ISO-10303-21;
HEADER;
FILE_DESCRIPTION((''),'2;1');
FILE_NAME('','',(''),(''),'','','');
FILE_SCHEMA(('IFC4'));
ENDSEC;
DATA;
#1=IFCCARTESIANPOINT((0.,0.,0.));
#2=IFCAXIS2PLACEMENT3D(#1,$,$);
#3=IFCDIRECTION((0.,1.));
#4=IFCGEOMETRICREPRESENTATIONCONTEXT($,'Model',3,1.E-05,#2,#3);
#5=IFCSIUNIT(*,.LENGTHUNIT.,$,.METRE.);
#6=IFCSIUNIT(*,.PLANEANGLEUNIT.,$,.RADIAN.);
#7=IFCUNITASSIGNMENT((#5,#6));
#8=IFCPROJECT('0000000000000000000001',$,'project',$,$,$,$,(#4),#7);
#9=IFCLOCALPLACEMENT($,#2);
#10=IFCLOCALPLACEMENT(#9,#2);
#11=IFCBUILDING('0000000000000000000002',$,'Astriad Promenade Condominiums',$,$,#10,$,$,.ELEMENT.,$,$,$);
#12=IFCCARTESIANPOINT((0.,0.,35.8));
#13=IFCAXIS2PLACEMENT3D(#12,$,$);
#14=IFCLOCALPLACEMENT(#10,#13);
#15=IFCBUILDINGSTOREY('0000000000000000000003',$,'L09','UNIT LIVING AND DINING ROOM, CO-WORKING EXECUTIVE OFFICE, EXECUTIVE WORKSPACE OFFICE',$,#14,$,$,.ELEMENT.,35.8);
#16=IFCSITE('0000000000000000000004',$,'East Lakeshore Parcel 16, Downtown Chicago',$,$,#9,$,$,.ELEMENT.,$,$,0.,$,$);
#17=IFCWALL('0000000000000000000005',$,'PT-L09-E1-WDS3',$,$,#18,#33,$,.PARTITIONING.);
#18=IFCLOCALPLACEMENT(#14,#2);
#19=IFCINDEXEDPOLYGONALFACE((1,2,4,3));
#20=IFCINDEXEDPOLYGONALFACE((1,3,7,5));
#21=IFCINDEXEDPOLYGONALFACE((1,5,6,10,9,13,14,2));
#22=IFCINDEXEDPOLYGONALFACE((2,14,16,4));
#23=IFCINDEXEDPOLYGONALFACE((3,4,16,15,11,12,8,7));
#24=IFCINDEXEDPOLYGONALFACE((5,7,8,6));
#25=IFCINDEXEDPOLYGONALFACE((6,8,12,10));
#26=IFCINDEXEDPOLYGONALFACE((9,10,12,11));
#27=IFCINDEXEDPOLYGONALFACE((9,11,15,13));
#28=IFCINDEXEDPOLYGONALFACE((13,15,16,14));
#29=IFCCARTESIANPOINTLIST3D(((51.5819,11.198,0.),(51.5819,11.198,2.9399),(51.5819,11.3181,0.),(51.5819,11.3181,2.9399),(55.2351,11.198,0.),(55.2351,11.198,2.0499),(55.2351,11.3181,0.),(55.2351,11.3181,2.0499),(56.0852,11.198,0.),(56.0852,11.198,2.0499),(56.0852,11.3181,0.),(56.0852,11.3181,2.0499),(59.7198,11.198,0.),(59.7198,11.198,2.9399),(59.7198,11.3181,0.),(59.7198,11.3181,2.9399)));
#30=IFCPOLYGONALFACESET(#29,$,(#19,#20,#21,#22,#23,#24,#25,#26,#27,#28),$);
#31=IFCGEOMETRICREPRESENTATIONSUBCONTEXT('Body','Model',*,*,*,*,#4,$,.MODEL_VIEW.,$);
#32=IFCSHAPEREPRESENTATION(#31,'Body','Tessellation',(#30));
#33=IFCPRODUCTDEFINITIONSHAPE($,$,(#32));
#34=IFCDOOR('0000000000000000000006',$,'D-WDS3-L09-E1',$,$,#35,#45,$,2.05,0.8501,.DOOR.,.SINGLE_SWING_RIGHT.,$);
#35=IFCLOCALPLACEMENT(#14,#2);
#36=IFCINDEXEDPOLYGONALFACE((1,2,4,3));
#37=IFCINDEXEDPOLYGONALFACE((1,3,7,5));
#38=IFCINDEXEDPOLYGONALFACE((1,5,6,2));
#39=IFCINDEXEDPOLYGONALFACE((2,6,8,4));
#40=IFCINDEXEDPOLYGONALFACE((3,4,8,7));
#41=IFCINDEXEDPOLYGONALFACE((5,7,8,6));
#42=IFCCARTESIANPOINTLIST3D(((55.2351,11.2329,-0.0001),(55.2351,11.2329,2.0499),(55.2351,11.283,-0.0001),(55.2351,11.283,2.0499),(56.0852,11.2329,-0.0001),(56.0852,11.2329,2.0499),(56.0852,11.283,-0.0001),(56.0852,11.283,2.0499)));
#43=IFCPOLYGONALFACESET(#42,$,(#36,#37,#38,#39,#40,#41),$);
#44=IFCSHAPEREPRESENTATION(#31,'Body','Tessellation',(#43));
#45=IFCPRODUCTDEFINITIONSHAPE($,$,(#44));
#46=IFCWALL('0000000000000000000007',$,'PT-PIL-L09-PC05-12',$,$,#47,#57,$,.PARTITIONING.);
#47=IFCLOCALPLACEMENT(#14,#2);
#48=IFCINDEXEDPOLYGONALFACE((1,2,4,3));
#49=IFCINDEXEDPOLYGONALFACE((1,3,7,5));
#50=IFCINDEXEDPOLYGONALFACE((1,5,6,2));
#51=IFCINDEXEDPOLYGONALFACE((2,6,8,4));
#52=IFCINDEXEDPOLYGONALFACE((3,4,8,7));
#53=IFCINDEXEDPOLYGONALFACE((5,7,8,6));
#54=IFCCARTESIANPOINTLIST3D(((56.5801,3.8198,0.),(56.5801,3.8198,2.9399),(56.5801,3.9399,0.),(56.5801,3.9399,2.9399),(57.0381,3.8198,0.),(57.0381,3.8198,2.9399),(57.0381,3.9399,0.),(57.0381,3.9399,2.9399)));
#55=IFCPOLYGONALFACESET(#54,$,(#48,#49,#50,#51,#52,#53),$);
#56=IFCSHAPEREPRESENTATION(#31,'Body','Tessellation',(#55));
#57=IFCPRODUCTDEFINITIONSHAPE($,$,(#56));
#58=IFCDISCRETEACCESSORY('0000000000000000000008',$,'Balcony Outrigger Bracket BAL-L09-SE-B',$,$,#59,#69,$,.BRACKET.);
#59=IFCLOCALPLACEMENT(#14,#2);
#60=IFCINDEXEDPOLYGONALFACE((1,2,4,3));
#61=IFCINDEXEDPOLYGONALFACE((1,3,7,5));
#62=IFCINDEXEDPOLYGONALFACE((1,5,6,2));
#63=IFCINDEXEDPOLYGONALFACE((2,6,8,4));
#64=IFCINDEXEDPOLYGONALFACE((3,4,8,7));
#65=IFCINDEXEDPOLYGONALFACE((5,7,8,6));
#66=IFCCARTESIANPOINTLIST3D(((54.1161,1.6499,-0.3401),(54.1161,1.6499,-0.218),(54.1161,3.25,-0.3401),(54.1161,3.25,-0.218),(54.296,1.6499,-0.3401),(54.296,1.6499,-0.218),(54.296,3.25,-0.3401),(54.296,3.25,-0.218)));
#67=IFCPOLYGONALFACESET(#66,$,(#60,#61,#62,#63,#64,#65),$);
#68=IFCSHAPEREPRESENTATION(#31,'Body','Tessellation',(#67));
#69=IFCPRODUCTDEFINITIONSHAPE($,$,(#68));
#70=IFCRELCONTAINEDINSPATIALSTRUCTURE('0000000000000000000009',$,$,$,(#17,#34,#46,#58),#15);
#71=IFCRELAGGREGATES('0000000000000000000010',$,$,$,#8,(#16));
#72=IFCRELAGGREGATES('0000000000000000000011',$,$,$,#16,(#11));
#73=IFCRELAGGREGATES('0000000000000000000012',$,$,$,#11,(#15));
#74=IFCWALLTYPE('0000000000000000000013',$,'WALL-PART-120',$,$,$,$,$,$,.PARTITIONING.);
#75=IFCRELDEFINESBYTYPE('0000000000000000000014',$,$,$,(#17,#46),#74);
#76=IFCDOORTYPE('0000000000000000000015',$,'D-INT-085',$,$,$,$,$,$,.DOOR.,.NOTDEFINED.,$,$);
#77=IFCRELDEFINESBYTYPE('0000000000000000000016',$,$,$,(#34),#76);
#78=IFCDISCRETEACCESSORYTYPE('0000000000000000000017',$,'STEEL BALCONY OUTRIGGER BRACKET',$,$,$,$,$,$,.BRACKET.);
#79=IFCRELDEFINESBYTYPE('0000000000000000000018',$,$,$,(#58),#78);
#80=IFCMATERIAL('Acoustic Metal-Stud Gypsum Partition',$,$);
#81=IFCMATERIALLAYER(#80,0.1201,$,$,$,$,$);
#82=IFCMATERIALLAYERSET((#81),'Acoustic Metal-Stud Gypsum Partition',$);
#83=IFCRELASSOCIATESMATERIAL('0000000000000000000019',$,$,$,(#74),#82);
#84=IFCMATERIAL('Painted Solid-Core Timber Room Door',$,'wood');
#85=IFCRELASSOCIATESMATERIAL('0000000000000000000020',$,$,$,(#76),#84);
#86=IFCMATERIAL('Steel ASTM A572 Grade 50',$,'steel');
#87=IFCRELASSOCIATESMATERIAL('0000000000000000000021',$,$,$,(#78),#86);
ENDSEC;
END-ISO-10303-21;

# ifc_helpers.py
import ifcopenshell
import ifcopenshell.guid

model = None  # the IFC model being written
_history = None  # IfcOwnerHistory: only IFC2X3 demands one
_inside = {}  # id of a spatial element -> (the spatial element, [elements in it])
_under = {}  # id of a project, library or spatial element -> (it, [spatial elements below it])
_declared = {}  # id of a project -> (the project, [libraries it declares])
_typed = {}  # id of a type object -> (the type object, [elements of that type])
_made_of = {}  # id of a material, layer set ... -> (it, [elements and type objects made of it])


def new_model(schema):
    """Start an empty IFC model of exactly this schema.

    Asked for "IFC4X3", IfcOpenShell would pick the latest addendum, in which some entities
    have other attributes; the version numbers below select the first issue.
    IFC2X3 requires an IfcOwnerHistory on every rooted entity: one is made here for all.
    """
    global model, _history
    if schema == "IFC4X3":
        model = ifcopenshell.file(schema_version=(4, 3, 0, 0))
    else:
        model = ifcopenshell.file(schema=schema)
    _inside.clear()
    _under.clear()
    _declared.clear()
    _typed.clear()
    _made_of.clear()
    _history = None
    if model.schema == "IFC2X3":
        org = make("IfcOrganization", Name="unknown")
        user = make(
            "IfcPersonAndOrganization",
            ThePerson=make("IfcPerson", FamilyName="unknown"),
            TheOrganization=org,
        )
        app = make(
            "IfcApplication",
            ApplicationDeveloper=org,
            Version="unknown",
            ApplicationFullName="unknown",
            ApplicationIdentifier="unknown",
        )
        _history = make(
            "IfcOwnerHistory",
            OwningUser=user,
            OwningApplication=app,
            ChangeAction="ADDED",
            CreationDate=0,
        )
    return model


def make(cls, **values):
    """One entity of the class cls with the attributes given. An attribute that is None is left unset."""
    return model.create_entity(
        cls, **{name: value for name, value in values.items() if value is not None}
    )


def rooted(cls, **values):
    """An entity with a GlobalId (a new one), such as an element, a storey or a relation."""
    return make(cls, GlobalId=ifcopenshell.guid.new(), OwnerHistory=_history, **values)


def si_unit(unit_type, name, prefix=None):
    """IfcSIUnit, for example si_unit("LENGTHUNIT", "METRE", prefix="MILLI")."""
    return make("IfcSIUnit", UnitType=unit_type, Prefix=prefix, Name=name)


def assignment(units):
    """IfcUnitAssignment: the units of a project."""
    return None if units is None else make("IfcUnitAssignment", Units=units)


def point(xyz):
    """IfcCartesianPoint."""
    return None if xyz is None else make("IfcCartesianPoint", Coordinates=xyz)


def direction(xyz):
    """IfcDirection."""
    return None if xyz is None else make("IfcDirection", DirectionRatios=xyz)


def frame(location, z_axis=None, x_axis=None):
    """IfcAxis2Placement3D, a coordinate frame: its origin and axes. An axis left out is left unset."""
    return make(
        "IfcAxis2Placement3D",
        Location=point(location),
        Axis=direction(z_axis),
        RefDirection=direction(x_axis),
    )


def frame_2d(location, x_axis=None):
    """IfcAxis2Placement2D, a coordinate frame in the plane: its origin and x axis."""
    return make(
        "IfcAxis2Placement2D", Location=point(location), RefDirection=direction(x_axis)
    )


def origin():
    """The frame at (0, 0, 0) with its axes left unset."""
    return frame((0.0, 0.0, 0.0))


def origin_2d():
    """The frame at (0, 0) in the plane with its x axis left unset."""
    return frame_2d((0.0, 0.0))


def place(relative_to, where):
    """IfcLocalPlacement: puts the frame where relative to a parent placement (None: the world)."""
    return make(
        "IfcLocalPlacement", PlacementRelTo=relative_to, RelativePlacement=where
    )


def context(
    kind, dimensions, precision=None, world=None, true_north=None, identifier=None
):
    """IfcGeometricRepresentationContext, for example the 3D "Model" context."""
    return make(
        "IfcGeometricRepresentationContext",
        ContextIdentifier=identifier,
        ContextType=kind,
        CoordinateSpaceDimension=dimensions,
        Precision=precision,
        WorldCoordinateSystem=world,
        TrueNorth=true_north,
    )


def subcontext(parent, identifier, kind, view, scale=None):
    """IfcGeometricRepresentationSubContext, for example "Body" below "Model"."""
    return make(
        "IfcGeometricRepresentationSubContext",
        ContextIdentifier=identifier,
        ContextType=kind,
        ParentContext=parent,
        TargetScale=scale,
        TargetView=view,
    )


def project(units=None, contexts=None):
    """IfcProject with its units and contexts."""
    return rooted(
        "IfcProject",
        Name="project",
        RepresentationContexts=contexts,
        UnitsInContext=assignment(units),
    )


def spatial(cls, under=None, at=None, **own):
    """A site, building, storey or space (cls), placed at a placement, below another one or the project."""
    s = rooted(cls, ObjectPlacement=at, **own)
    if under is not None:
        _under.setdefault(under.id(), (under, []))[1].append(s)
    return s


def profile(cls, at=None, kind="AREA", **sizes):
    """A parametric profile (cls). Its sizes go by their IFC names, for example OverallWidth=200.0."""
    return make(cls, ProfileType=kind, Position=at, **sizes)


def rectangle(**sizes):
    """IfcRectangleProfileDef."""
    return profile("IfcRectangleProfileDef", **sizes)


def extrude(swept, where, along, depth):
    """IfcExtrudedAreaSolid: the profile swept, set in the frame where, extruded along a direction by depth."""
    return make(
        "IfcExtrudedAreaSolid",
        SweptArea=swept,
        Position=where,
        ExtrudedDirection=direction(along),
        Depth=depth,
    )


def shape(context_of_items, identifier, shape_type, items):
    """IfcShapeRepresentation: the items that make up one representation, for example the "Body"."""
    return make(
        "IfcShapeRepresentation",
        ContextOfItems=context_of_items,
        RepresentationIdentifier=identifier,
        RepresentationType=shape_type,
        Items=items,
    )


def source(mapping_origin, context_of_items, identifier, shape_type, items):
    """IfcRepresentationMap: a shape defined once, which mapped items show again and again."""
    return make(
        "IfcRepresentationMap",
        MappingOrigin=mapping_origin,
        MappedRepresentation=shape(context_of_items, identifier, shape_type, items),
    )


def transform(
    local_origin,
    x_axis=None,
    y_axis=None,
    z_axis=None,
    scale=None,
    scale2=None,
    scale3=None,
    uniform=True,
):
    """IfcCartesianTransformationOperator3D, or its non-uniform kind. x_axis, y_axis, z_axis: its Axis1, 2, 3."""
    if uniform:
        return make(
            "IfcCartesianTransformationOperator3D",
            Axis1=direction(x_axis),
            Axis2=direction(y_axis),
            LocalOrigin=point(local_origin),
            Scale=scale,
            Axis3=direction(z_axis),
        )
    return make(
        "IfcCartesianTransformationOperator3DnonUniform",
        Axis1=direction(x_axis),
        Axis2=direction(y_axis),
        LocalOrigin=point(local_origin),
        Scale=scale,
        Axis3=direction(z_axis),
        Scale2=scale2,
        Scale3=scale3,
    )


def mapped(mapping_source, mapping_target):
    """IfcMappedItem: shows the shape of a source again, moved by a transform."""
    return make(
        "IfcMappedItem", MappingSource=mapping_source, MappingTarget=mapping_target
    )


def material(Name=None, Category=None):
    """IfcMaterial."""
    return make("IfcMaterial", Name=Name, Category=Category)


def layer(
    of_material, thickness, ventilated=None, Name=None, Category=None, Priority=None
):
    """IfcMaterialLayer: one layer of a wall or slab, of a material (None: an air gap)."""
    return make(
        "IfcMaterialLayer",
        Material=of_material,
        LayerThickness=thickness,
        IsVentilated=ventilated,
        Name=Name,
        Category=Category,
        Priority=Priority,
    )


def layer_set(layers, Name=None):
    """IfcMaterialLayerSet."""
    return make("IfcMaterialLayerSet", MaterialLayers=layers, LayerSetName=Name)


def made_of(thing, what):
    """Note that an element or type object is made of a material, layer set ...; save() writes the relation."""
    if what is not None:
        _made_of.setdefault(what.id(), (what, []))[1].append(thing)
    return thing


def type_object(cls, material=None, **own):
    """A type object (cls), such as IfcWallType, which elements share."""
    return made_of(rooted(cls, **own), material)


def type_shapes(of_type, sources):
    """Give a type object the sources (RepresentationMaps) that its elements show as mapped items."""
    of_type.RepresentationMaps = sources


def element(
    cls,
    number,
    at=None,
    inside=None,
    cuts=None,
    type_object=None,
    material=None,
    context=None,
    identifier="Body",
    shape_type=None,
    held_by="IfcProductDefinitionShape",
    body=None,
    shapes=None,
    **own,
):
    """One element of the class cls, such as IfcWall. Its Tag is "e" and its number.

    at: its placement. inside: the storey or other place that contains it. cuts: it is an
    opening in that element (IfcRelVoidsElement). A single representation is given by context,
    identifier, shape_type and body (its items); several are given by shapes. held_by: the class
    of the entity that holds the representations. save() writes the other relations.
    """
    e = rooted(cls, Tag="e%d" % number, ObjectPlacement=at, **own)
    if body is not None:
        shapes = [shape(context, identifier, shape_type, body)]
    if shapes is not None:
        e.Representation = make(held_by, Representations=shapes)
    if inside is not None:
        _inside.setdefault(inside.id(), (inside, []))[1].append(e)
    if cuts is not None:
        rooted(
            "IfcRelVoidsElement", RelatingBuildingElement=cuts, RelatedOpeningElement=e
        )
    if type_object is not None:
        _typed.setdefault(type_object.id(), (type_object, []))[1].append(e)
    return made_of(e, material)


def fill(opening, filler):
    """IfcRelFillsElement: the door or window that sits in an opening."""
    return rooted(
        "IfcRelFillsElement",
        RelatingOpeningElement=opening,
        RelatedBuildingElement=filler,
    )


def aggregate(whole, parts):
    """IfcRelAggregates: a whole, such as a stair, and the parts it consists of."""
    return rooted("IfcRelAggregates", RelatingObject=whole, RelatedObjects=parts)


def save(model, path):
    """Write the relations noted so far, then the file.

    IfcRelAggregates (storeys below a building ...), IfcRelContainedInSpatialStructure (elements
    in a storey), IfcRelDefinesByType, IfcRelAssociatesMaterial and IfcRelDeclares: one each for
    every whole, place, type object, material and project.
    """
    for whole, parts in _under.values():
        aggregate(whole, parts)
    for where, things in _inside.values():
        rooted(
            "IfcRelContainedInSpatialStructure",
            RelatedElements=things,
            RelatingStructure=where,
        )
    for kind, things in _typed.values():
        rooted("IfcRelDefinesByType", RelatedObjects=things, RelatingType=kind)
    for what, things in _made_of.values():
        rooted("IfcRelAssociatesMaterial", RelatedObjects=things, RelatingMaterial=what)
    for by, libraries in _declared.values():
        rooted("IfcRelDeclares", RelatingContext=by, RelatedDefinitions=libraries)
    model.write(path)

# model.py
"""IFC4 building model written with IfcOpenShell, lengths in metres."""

from ifc_helpers import new_model, si_unit, direction, frame, frame_2d, origin, origin_2d, place, context, subcontext, project, spatial, rectangle, extrude, source, transform, mapped, material, layer, layer_set, type_object, type_shapes, element, fill, save


model = new_model("IFC4")

# Units and contexts
model_context = context("Model", 3, precision=1e-05, world=origin(), true_north=direction((0.0, 1.0)))
body_context = subcontext(model_context, "Body", "Model", "MODEL_VIEW")
ifc_project = project(units=[si_unit("LENGTHUNIT", "METRE"), si_unit("PLANEANGLEUNIT", "RADIAN")], contexts=[model_context])

# Site, building, storey
site_placement = place(None, origin())
site = spatial("IfcSite", under=ifc_project, at=site_placement, Name="East Lakeshore Parcel 16, Downtown Chicago", CompositionType="ELEMENT", RefElevation=0.0)
building_placement = place(site_placement, origin())
building = spatial("IfcBuilding", under=site, at=building_placement, Name="Astriad Promenade Condominiums", CompositionType="ELEMENT")
storey_placement = place(building_placement, frame((0.0, 0.0, 35.8)))
storey = spatial("IfcBuildingStorey", under=building, at=storey_placement, Name="L09", Description="UNIT LIVING AND DINING ROOM, CO-WORKING EXECUTIVE OFFICE, EXECUTIVE WORKSPACE OFFICE", CompositionType="ELEMENT", Elevation=35.8)

# Shared definitions
ifc_material_1 = material(Name="Acoustic Metal-Stud Gypsum Partition")
ifc_layer_1 = layer(ifc_material_1, 0.1201)
ifc_layer_set_1 = layer_set([ifc_layer_1], Name="Acoustic Metal-Stud Gypsum Partition")
wall_type_1 = type_object("IfcWallType", Name="WALL-PART-120", PredefinedType="PARTITIONING", material=ifc_layer_set_1)

# Wall, opening, door
ifc_material_2 = material(Name="Painted Solid-Core Timber Room Door", Category="wood")
door_type_1 = type_object("IfcDoorType", Name="D-INT-085", OperationType="NOTDEFINED", PredefinedType="DOOR", material=ifc_material_2)
shared_shape_1 = source(origin(), body_context, "Body", "SweptSolid", [
    extrude(rectangle(XDim=0.8501, YDim=2.05, at=frame_2d((0.425, 1.0249))), frame((0.0, 0.0249, 0.0), z_axis=(0.0, -1.0, 0.0), x_axis=(1.0, 0.0, 0.0)), (0.0, 0.0, 1.0), 0.05),
])
type_shapes(door_type_1, [shared_shape_1])
wall_1_placement = place(storey_placement, frame((51.582, 11.2581, 0.0), z_axis=(0.0, 0.0, 1.0), x_axis=(1.0, 0.0, 0.0)))
wall_1 = element("IfcWall", 1, at=wall_1_placement, inside=storey, type_object=wall_type_1, Name="PT-L09-E1-WDS3", PredefinedType="PARTITIONING", context=body_context, shape_type="SweptSolid", body=[
    extrude(rectangle(XDim=8.1379, YDim=0.1201, at=frame_2d((4.0688, 0.0))), origin(), (0.0, 0.0, 1.0), 2.9399),
])
opening_1_placement = place(wall_1_placement, frame((3.6531, 0.0, 0.0)))
opening_1 = element("IfcOpeningElement", 2, at=opening_1_placement, cuts=wall_1, PredefinedType="OPENING", context=body_context, shape_type="SweptSolid", body=[
    extrude(rectangle(XDim=0.8501, YDim=2.05, at=frame_2d((0.425, 1.0249))), frame((0.0, 0.0701, 0.0), z_axis=(0.0, -1.0, 0.0), x_axis=(1.0, 0.0, 0.0)), (0.0, 0.0, 1.0), 0.1401),
])
door_1_placement = place(opening_1_placement, origin())
door_1 = element("IfcDoor", 3, at=door_1_placement, inside=storey, type_object=door_type_1, Name="D-WDS3-L09-E1", OperationType="SINGLE_SWING_RIGHT", OverallHeight=2.05, OverallWidth=0.8501, PredefinedType="DOOR", context=body_context, shape_type="MappedRepresentation", body=[
    mapped(shared_shape_1, transform((0.0, 0.0, 0.0), scale=1.0)),
])
fill(opening_1, door_1)

# Wall
wall_2_placement = place(storey_placement, frame((56.5801, 3.8799, 0.0), z_axis=(0.0, 0.0, 1.0), x_axis=(1.0, 0.0, 0.0)))
element("IfcWall", 4, at=wall_2_placement, inside=storey, type_object=wall_type_1, Name="PT-PIL-L09-PC05-12", PredefinedType="PARTITIONING", context=body_context, shape_type="SweptSolid", body=[
    extrude(rectangle(XDim=0.458, YDim=0.1201, at=frame_2d((0.229, 0.0))), origin(), (0.0, 0.0, 1.0), 2.9399),
])

# Discrete accessory
ifc_material_3 = material(Name="Steel ASTM A572 Grade 50", Category="steel")
discrete_accessory_type = type_object("IfcDiscreteAccessoryType", Name="STEEL BALCONY OUTRIGGER BRACKET", PredefinedType="BRACKET", material=ifc_material_3)
shared_shape_2 = source(origin(), body_context, "Body", "SweptSolid", [
    extrude(rectangle(XDim=1.6001, YDim=0.1799, at=origin_2d()), origin(), (0.0, 0.0, 1.0), 0.1221),
])
type_shapes(discrete_accessory_type, [shared_shape_2])
discrete_accessory_placement = place(storey_placement, frame((54.2061, 2.45, -0.3401), z_axis=(0.0, 0.0, 1.0), x_axis=(0.0, -1.0, 0.0)))
element("IfcDiscreteAccessory", 5, at=discrete_accessory_placement, inside=storey, type_object=discrete_accessory_type, Name="Balcony Outrigger Bracket BAL-L09-SE-B", PredefinedType="BRACKET", context=body_context, shape_type="MappedRepresentation", body=[
    mapped(shared_shape_2, transform((0.0, 0.0, 0.0), scale=1.0)),
])

save(model, "model.ifc")
